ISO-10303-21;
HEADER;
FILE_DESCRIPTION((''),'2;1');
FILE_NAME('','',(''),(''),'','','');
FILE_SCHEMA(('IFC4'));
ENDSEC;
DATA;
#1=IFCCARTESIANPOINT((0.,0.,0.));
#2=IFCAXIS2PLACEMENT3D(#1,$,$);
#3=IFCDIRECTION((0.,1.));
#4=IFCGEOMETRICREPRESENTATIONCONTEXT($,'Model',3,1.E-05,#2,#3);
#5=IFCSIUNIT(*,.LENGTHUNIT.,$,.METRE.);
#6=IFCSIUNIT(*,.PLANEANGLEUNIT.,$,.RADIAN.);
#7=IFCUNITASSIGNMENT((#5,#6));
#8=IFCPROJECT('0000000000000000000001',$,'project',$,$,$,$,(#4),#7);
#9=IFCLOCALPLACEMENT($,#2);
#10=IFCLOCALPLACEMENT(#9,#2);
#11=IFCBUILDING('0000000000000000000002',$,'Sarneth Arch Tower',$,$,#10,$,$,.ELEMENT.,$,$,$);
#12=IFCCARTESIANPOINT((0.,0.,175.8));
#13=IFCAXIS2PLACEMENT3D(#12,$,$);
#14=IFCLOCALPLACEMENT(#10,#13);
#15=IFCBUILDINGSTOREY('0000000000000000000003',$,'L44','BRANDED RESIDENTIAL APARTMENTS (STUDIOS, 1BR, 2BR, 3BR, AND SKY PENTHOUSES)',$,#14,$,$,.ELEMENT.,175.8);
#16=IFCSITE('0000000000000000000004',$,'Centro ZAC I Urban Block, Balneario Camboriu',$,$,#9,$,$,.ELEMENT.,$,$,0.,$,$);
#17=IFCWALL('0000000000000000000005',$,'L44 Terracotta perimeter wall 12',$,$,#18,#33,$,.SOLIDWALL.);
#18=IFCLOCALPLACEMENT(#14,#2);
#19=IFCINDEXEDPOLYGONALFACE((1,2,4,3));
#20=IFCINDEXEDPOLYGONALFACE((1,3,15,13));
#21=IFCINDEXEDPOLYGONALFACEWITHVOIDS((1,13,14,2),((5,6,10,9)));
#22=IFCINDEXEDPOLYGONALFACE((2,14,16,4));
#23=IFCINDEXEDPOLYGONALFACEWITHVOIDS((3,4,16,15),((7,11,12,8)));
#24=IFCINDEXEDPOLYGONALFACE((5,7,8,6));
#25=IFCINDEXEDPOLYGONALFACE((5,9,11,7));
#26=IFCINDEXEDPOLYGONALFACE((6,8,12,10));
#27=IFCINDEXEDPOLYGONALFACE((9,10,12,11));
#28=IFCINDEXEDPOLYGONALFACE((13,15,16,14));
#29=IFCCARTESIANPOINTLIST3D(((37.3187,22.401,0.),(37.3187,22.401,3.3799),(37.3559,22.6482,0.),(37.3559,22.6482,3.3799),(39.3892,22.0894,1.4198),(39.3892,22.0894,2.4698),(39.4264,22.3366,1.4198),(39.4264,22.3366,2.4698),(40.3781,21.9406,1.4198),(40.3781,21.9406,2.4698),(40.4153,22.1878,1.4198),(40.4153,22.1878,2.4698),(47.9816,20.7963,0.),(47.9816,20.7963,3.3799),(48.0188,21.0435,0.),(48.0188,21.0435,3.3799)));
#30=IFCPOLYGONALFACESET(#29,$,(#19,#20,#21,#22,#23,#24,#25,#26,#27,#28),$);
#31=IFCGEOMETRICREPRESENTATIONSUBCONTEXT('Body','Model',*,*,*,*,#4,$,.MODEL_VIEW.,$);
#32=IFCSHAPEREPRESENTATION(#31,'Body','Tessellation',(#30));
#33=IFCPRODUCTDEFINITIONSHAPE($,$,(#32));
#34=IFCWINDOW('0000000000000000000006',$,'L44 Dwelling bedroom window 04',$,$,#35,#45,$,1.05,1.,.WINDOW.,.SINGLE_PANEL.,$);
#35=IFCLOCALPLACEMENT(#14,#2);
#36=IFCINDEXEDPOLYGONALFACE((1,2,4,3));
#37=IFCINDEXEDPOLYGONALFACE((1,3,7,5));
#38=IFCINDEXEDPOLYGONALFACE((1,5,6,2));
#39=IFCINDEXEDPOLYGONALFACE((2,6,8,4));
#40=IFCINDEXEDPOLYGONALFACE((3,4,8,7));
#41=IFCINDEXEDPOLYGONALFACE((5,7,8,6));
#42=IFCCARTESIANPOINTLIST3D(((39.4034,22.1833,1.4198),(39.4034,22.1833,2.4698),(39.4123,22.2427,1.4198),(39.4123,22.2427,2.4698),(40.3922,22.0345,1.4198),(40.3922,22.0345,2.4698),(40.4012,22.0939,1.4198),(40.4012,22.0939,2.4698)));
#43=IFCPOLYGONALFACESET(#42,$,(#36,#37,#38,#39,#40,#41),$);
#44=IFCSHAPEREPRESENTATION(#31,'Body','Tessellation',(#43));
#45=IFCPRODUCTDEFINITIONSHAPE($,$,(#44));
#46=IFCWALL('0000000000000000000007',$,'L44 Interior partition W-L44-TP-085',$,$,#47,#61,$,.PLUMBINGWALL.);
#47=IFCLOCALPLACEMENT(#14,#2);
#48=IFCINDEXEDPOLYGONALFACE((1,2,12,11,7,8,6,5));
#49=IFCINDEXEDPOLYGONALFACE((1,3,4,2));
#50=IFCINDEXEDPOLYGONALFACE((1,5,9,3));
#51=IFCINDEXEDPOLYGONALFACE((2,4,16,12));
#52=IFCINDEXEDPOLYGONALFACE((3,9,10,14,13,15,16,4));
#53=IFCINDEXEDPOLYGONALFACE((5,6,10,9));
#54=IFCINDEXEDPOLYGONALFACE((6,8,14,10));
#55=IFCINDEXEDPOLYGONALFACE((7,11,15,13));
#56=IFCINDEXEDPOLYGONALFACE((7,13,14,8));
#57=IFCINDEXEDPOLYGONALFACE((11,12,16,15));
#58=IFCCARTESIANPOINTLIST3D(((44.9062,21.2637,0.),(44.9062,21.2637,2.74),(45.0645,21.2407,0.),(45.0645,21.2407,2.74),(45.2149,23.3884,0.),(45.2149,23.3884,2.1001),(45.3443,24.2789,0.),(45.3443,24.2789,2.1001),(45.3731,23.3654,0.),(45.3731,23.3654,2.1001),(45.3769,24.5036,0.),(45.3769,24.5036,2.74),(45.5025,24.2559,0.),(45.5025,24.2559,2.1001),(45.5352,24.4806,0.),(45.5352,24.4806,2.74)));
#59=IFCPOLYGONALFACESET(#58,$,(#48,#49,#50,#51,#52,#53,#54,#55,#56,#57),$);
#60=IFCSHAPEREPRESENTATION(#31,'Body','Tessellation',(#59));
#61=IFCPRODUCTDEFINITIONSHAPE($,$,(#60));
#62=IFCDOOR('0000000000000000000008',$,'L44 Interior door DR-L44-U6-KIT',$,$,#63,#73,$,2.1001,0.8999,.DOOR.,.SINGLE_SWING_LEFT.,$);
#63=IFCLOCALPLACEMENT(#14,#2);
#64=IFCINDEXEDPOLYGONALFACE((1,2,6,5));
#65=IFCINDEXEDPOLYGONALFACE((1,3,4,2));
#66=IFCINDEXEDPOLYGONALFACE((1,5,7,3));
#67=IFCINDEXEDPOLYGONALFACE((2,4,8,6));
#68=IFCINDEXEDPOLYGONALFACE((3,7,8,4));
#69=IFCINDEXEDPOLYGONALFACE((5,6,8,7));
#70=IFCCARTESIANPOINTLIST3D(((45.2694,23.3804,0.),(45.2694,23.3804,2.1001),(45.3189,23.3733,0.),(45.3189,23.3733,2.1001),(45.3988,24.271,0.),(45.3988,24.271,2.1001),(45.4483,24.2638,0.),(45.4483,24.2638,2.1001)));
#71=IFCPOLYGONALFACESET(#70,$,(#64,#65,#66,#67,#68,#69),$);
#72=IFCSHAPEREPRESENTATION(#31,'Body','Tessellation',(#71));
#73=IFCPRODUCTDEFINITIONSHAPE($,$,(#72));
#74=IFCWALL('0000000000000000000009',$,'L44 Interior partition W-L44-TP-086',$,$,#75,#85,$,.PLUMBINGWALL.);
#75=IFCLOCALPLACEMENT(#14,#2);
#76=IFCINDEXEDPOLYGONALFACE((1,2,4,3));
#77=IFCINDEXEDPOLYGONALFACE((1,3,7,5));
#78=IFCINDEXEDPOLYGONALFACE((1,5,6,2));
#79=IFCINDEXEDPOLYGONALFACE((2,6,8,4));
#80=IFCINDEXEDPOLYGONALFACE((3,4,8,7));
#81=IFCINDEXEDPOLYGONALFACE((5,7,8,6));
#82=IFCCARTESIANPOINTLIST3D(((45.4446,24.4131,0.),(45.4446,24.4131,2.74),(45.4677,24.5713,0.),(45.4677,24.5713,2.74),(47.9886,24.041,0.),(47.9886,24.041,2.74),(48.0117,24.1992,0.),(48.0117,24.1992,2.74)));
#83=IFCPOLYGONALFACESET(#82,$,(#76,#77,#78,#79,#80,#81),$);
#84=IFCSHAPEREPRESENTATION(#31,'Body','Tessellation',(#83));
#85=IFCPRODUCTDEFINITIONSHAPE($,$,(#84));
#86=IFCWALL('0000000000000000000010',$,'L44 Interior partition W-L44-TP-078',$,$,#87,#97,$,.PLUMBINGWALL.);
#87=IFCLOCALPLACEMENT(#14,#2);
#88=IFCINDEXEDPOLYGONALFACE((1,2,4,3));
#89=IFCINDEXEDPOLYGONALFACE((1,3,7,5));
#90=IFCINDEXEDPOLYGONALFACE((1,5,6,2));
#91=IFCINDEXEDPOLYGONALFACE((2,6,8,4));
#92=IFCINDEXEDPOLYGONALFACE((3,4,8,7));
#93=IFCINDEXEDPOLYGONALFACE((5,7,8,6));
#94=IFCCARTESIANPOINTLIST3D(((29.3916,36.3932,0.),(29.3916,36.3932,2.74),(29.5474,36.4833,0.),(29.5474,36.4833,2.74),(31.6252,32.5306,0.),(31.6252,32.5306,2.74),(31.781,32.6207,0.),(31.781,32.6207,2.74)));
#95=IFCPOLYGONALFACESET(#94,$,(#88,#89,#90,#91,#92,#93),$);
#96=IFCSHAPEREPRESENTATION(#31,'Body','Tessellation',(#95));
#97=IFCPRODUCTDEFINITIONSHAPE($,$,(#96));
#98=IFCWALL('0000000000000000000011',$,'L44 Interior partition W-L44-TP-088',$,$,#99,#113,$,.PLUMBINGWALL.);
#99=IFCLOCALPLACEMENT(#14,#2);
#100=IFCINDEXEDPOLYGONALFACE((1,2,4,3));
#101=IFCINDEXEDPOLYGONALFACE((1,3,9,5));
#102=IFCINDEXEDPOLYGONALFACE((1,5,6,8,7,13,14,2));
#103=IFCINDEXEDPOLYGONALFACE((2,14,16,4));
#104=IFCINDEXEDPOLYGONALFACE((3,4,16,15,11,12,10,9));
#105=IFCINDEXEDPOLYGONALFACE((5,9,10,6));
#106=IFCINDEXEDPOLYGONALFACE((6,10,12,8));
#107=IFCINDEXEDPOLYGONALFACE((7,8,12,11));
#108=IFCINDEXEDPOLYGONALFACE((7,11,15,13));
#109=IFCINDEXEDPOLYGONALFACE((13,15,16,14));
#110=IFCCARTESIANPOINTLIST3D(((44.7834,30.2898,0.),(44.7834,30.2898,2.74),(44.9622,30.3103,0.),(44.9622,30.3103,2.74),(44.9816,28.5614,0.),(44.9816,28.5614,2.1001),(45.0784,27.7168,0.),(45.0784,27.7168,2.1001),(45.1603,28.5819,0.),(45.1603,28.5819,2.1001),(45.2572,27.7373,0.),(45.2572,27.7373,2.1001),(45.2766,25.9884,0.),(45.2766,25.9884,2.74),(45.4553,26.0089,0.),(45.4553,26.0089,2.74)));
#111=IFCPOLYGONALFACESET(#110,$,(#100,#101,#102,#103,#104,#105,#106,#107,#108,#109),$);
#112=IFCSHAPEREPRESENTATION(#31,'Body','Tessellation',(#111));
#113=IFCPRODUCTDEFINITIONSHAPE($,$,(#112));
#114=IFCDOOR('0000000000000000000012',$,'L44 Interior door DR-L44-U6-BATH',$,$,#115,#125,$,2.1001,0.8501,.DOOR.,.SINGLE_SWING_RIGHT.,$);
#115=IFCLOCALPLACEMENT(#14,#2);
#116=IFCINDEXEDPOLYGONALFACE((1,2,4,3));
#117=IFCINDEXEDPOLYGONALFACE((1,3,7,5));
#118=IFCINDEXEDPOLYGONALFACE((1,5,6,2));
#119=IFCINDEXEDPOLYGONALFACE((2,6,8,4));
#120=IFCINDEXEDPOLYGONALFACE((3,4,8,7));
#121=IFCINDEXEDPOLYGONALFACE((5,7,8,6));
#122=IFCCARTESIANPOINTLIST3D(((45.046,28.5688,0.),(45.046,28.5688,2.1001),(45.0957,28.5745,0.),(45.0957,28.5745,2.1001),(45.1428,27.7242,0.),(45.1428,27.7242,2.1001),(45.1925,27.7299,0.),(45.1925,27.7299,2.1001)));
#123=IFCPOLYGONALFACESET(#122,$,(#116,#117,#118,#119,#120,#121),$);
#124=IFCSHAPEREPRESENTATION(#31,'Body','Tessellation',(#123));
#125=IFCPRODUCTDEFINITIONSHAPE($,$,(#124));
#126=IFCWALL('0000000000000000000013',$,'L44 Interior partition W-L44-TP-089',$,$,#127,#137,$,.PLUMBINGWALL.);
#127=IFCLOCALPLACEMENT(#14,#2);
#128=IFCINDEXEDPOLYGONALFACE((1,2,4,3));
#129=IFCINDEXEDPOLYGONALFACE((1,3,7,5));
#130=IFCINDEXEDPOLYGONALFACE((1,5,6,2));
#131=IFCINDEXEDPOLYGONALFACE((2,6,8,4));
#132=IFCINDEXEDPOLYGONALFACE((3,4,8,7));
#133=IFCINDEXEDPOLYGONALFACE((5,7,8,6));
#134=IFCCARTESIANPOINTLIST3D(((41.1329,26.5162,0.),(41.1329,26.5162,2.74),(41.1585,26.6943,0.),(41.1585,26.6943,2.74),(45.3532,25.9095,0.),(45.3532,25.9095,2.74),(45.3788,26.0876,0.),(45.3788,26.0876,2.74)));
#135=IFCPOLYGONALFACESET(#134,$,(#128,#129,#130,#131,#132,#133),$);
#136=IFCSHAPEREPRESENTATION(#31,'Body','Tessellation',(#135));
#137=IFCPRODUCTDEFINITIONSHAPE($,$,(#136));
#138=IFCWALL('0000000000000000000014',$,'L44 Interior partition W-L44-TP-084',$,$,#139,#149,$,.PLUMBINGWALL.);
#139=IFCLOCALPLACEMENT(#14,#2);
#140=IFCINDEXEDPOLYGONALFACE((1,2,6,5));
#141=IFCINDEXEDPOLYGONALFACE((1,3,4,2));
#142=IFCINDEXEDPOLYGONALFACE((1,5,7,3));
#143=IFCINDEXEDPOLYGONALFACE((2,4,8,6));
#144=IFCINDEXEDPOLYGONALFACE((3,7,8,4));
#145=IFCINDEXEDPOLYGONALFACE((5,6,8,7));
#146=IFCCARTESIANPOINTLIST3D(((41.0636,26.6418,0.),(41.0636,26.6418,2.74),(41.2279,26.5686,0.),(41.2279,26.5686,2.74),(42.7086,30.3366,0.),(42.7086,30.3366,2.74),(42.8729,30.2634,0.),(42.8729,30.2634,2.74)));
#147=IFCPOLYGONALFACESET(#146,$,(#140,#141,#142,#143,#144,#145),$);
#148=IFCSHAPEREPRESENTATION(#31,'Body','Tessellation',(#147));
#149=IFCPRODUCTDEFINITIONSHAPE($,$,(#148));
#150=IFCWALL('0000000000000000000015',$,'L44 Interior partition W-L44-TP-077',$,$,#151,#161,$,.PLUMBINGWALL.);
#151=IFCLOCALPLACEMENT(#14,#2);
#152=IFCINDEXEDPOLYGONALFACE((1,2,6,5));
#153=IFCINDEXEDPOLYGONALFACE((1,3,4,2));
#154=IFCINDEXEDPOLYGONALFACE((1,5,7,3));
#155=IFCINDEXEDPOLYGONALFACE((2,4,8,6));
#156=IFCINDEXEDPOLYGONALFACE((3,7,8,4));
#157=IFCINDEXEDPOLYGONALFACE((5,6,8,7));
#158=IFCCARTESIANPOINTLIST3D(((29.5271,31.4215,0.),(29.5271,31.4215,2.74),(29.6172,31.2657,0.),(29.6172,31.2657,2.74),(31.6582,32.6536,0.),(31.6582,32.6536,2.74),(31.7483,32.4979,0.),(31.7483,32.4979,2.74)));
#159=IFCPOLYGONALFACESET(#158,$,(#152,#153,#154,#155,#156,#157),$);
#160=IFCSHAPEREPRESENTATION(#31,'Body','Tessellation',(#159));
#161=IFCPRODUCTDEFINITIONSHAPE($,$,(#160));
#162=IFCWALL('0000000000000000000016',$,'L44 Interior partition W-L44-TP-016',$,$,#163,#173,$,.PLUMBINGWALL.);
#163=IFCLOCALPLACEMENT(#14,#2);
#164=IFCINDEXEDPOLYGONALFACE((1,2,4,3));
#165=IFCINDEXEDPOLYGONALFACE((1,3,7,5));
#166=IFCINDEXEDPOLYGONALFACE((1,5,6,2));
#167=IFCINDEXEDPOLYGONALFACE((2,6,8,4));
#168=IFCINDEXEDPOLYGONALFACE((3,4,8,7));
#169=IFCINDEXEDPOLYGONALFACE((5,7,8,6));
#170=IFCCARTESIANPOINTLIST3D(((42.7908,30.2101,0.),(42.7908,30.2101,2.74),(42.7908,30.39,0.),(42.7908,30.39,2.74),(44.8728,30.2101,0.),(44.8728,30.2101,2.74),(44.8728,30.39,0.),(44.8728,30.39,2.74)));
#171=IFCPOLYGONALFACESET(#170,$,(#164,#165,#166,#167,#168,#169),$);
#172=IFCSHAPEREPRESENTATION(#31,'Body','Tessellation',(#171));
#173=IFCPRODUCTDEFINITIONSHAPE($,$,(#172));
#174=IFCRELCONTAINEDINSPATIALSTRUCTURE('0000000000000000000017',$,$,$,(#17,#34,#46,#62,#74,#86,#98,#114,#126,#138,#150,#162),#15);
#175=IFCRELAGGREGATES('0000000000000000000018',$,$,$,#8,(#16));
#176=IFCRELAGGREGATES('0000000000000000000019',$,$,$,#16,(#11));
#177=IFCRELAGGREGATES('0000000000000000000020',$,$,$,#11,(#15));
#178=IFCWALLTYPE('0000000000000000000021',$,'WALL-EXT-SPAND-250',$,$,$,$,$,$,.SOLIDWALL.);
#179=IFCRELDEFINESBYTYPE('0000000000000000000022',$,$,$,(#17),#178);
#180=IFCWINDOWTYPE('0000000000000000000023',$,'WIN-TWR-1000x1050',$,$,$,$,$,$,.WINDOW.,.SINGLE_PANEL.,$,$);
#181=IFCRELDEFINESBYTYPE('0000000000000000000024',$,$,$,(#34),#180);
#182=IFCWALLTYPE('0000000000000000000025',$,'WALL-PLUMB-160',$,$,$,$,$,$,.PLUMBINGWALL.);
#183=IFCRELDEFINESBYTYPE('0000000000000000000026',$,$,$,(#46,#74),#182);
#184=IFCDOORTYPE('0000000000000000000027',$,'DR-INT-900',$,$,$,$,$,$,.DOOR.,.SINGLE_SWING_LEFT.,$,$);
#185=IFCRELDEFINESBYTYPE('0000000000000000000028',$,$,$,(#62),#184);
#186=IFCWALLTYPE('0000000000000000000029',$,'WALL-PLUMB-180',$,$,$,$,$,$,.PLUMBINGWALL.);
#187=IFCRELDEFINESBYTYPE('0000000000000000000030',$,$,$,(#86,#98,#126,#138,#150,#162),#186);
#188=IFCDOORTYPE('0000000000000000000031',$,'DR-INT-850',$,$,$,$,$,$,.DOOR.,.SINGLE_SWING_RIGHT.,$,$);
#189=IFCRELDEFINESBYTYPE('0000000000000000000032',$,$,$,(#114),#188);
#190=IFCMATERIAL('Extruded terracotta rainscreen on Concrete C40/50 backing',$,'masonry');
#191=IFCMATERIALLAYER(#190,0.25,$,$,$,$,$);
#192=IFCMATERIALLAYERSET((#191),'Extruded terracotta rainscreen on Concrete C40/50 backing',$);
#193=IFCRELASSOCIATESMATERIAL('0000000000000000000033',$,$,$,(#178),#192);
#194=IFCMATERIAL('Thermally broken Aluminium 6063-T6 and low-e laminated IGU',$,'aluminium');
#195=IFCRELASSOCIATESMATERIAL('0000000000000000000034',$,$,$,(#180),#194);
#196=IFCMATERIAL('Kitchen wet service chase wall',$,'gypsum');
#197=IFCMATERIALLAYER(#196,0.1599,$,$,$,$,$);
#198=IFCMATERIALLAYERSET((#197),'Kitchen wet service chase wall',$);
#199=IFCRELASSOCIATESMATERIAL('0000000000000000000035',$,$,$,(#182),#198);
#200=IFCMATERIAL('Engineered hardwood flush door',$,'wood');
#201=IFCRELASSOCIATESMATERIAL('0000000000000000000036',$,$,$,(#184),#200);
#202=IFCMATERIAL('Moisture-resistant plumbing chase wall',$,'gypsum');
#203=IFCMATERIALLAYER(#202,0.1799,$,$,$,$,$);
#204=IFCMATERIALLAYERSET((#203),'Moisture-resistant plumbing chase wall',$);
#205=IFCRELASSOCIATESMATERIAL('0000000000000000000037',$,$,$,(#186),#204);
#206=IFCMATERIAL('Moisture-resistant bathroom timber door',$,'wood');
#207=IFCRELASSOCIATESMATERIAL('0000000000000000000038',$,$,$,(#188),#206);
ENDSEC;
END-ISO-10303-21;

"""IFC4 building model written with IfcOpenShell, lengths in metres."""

from ifc_helpers import new_model, si_unit, direction, frame, frame_2d, origin, place, context, subcontext, project, spatial, rectangle, extrude, material, layer, layer_set, type_object, element, fill, save


model = new_model("IFC4")

# Units and contexts
model_context = context("Model", 3, precision=1e-05, world=origin(), true_north=direction((0.0, 1.0)))
body_context = subcontext(model_context, "Body", "Model", "MODEL_VIEW")
ifc_project = project(units=[si_unit("LENGTHUNIT", "METRE"), si_unit("PLANEANGLEUNIT", "RADIAN")], contexts=[model_context])

# Site, building, storey
site_placement = place(None, origin())
site = spatial("IfcSite", under=ifc_project, at=site_placement, Name="Centro ZAC I Urban Block, Balneario Camboriu", CompositionType="ELEMENT", RefElevation=0.0)
building_placement = place(site_placement, origin())
building = spatial("IfcBuilding", under=site, at=building_placement, Name="Sarneth Arch Tower", CompositionType="ELEMENT")
storey_placement = place(building_placement, frame((0.0, 0.0, 175.8)))
storey = spatial("IfcBuildingStorey", under=building, at=storey_placement, Name="L44", Description="BRANDED RESIDENTIAL APARTMENTS (STUDIOS, 1BR, 2BR, 3BR, AND SKY PENTHOUSES)", CompositionType="ELEMENT", Elevation=175.8)

# Wall, opening, window
ifc_material_1 = material(Name="Extruded terracotta rainscreen on Concrete C40/50 backing", Category="masonry")
ifc_layer_1 = layer(ifc_material_1, 0.25)
ifc_layer_set_1 = layer_set([ifc_layer_1], Name="Extruded terracotta rainscreen on Concrete C40/50 backing")
wall_type_1 = type_object("IfcWallType", Name="WALL-EXT-SPAND-250", PredefinedType="SOLIDWALL", material=ifc_layer_set_1)
wall_1_placement = place(storey_placement, frame((37.3372, 22.5247, 0.0), z_axis=(0.0, 0.0, 1.0), x_axis=(0.988864, -0.148822, 0.0)))
wall_1 = element("IfcWall", 1, at=wall_1_placement, inside=storey, type_object=wall_type_1, Name="L44 Terracotta perimeter wall 12", PredefinedType="SOLIDWALL", context=body_context, shape_type="SweptSolid", body=[
    extrude(rectangle(XDim=10.783, YDim=0.25, at=frame_2d((5.3916, 0.0))), origin(), (0.0, 0.0, 1.0), 3.3799),
])
opening_1_placement = place(wall_1_placement, frame((2.094, 0.0, 1.4199)))
opening_1 = element("IfcOpeningElement", 2, at=opening_1_placement, cuts=wall_1, PredefinedType="OPENING", context=body_context, shape_type="SweptSolid", body=[
    extrude(rectangle(XDim=1.0, YDim=1.05, at=frame_2d((0.5, 0.5249))), frame((0.0, 0.135, 0.0), z_axis=(0.0, -1.0, 0.0), x_axis=(1.0, 0.0, 0.0)), (0.0, 0.0, 1.0), 0.27),
])
ifc_material_2 = material(Name="Thermally broken Aluminium 6063-T6 and low-e laminated IGU", Category="aluminium")
window_type = type_object("IfcWindowType", Name="WIN-TWR-1000x1050", PartitioningType="SINGLE_PANEL", PredefinedType="WINDOW", material=ifc_material_2)
window_placement = place(opening_1_placement, origin())
window = element("IfcWindow", 3, at=window_placement, inside=storey, type_object=window_type, Name="L44 Dwelling bedroom window 04", OverallHeight=1.05, OverallWidth=1.0, PartitioningType="SINGLE_PANEL", PredefinedType="WINDOW", context=body_context, shape_type="SweptSolid", body=[
    extrude(rectangle(XDim=1.0, YDim=1.05, at=frame_2d((0.5, 0.5249))), frame((0.0, 0.03, 0.0), z_axis=(0.0, -1.0, 0.0), x_axis=(1.0, 0.0, 0.0)), (0.0, 0.0, 1.0), 0.0601),
])
fill(opening_1, window)

# Wall, opening, door
ifc_material_3 = material(Name="Kitchen wet service chase wall", Category="gypsum")
ifc_layer_2 = layer(ifc_material_3, 0.1599)
ifc_layer_set_2 = layer_set([ifc_layer_2], Name="Kitchen wet service chase wall")
wall_type_2 = type_object("IfcWallType", Name="WALL-PLUMB-160", PredefinedType="PLUMBINGWALL", material=ifc_layer_set_2)
wall_2_placement = place(storey_placement, frame((44.9854, 21.2522, 0.0), z_axis=(0.0, 0.0, 1.0), x_axis=(0.14377, 0.989611, 0.0)))
wall_2 = element("IfcWall", 4, at=wall_2_placement, inside=storey, type_object=wall_type_2, Name="L44 Interior partition W-L44-TP-085", PredefinedType="PLUMBINGWALL", context=body_context, shape_type="SweptSolid", body=[
    extrude(rectangle(XDim=3.2739, YDim=0.1599, at=frame_2d((1.637, 0.0))), origin(), (0.0, 0.0, 1.0), 2.74),
])
opening_2_placement = place(wall_2_placement, frame((2.147, 0.0, 0.0)))
opening_2 = element("IfcOpeningElement", 5, at=opening_2_placement, cuts=wall_2, PredefinedType="OPENING", context=body_context, shape_type="SweptSolid", body=[
    extrude(rectangle(XDim=0.8999, YDim=2.1001, at=frame_2d((0.45, 1.05))), frame((0.0, 0.0898, 0.0), z_axis=(0.0, -1.0, 0.0), x_axis=(1.0, 0.0, 0.0)), (0.0, 0.0, 1.0), 0.1799),
])
ifc_material_4 = material(Name="Engineered hardwood flush door", Category="wood")
door_type_1 = type_object("IfcDoorType", Name="DR-INT-900", OperationType="SINGLE_SWING_LEFT", PredefinedType="DOOR", material=ifc_material_4)
door_1_placement = place(opening_2_placement, origin())
door_1 = element("IfcDoor", 6, at=door_1_placement, inside=storey, type_object=door_type_1, Name="L44 Interior door DR-L44-U6-KIT", OperationType="SINGLE_SWING_LEFT", OverallHeight=2.1001, OverallWidth=0.8999, PredefinedType="DOOR", context=body_context, shape_type="SweptSolid", body=[
    extrude(rectangle(XDim=0.8999, YDim=2.1001, at=frame_2d((0.45, 1.05))), frame((0.0, 0.0249, 0.0), z_axis=(0.0, -1.0, 0.0), x_axis=(1.0, 0.0, 0.0)), (0.0, 0.0, 1.0), 0.05),
])
fill(opening_2, door_1)

# Walls
wall_3_placement = place(storey_placement, frame((45.4561, 24.4922, 0.0), z_axis=(0.0, 0.0, 1.0), x_axis=(0.989473, -0.144718, 0.0)))
element("IfcWall", 7, at=wall_3_placement, inside=storey, type_object=wall_type_2, Name="L44 Interior partition W-L44-TP-086", PredefinedType="PLUMBINGWALL", context=body_context, shape_type="SweptSolid", body=[
    extrude(rectangle(XDim=2.571, YDim=0.1599, at=frame_2d((1.2856, 0.0))), origin(), (0.0, 0.0, 1.0), 2.74),
])
ifc_material_5 = material(Name="Moisture-resistant plumbing chase wall", Category="gypsum")
ifc_layer_3 = layer(ifc_material_5, 0.1799)
ifc_layer_set_3 = layer_set([ifc_layer_3], Name="Moisture-resistant plumbing chase wall")
wall_type_3 = type_object("IfcWallType", Name="WALL-PLUMB-180", PredefinedType="PLUMBINGWALL", material=ifc_layer_set_3)
wall_4_placement = place(storey_placement, frame((31.7031, 32.5757, 0.0), z_axis=(0.0, 0.0, 1.0), x_axis=(-0.500605, 0.865676, 0.0)))
element("IfcWall", 8, at=wall_4_placement, inside=storey, type_object=wall_type_3, Name="L44 Interior partition W-L44-TP-078", PredefinedType="PLUMBINGWALL", context=body_context, shape_type="SweptSolid", body=[
    extrude(rectangle(XDim=4.4619, YDim=0.1799, at=frame_2d((2.231, 0.0))), origin(), (0.0, 0.0, 1.0), 2.74),
])

# Wall, opening, door
wall_5_placement = place(storey_placement, frame((44.8728, 30.3, 0.0), z_axis=(0.0, 0.0, 1.0), x_axis=(0.113903, -0.993492, 0.0)))
wall_5 = element("IfcWall", 9, at=wall_5_placement, inside=storey, type_object=wall_type_3, Name="L44 Interior partition W-L44-TP-088", PredefinedType="PLUMBINGWALL", context=body_context, shape_type="SweptSolid", body=[
    extrude(rectangle(XDim=4.3296, YDim=0.1799, at=frame_2d((2.1648, 0.0))), origin(), (0.0, 0.0, 1.0), 2.74),
])
opening_3_placement = place(wall_5_placement, frame((1.7397, 0.0, 0.0)))
opening_3 = element("IfcOpeningElement", 10, at=opening_3_placement, cuts=wall_5, PredefinedType="OPENING", context=body_context, shape_type="SweptSolid", body=[
    extrude(rectangle(XDim=0.8501, YDim=2.1001, at=frame_2d((0.425, 1.05))), frame((0.0, 0.0999, 0.0), z_axis=(0.0, -1.0, 0.0), x_axis=(1.0, 0.0, 0.0)), (0.0, 0.0, 1.0), 0.2),
])
ifc_material_6 = material(Name="Moisture-resistant bathroom timber door", Category="wood")
door_type_2 = type_object("IfcDoorType", Name="DR-INT-850", OperationType="SINGLE_SWING_RIGHT", PredefinedType="DOOR", material=ifc_material_6)
door_2_placement = place(opening_3_placement, origin())
door_2 = element("IfcDoor", 11, at=door_2_placement, inside=storey, type_object=door_type_2, Name="L44 Interior door DR-L44-U6-BATH", OperationType="SINGLE_SWING_RIGHT", OverallHeight=2.1001, OverallWidth=0.8501, PredefinedType="DOOR", context=body_context, shape_type="SweptSolid", body=[
    extrude(rectangle(XDim=0.8501, YDim=2.1001, at=frame_2d((0.425, 1.05))), frame((0.0, 0.0249, 0.0), z_axis=(0.0, -1.0, 0.0), x_axis=(1.0, 0.0, 0.0)), (0.0, 0.0, 1.0), 0.05),
])
fill(opening_3, door_2)

# Walls
wall_6_placement = place(storey_placement, frame((45.366, 25.9985, 0.0), z_axis=(0.0, 0.0, 1.0), x_axis=(-0.989824, 0.142295, 0.0)))
element("IfcWall", 12, at=wall_6_placement, inside=storey, type_object=wall_type_3, Name="L44 Interior partition W-L44-TP-089", PredefinedType="PLUMBINGWALL", context=body_context, shape_type="SweptSolid", body=[
    extrude(rectangle(XDim=4.2637, YDim=0.1799, at=frame_2d((2.1318, 0.0))), origin(), (0.0, 0.0, 1.0), 2.74),
])
wall_7_placement = place(storey_placement, frame((41.1458, 26.6052, 0.0), z_axis=(0.0, 0.0, 1.0), x_axis=(0.406732, 0.913547, 0.0)))
element("IfcWall", 13, at=wall_7_placement, inside=storey, type_object=wall_type_3, Name="L44 Interior partition W-L44-TP-084", PredefinedType="PLUMBINGWALL", context=body_context, shape_type="SweptSolid", body=[
    extrude(rectangle(XDim=4.0444, YDim=0.1799, at=frame_2d((2.0222, 0.0))), origin(), (0.0, 0.0, 1.0), 2.74),
])
wall_8_placement = place(storey_placement, frame((29.572, 31.3435, 0.0), z_axis=(0.0, 0.0, 1.0), x_axis=(0.865711, 0.500544, 0.0)))
element("IfcWall", 14, at=wall_8_placement, inside=storey, type_object=wall_type_3, Name="L44 Interior partition W-L44-TP-077", PredefinedType="PLUMBINGWALL", context=body_context, shape_type="SweptSolid", body=[
    extrude(rectangle(XDim=2.4617, YDim=0.1799, at=frame_2d((1.231, 0.0))), origin(), (0.0, 0.0, 1.0), 2.74),
])
wall_9_placement = place(storey_placement, frame((42.7908, 30.3, 0.0), z_axis=(0.0, 0.0, 1.0), x_axis=(1.0, 0.0, 0.0)))
element("IfcWall", 15, at=wall_9_placement, inside=storey, type_object=wall_type_3, Name="L44 Interior partition W-L44-TP-016", PredefinedType="PLUMBINGWALL", context=body_context, shape_type="SweptSolid", body=[
    extrude(rectangle(XDim=2.082, YDim=0.1799, at=frame_2d((1.041, 0.0))), origin(), (0.0, 0.0, 1.0), 2.74),
])

save(model, "model.ifc")
